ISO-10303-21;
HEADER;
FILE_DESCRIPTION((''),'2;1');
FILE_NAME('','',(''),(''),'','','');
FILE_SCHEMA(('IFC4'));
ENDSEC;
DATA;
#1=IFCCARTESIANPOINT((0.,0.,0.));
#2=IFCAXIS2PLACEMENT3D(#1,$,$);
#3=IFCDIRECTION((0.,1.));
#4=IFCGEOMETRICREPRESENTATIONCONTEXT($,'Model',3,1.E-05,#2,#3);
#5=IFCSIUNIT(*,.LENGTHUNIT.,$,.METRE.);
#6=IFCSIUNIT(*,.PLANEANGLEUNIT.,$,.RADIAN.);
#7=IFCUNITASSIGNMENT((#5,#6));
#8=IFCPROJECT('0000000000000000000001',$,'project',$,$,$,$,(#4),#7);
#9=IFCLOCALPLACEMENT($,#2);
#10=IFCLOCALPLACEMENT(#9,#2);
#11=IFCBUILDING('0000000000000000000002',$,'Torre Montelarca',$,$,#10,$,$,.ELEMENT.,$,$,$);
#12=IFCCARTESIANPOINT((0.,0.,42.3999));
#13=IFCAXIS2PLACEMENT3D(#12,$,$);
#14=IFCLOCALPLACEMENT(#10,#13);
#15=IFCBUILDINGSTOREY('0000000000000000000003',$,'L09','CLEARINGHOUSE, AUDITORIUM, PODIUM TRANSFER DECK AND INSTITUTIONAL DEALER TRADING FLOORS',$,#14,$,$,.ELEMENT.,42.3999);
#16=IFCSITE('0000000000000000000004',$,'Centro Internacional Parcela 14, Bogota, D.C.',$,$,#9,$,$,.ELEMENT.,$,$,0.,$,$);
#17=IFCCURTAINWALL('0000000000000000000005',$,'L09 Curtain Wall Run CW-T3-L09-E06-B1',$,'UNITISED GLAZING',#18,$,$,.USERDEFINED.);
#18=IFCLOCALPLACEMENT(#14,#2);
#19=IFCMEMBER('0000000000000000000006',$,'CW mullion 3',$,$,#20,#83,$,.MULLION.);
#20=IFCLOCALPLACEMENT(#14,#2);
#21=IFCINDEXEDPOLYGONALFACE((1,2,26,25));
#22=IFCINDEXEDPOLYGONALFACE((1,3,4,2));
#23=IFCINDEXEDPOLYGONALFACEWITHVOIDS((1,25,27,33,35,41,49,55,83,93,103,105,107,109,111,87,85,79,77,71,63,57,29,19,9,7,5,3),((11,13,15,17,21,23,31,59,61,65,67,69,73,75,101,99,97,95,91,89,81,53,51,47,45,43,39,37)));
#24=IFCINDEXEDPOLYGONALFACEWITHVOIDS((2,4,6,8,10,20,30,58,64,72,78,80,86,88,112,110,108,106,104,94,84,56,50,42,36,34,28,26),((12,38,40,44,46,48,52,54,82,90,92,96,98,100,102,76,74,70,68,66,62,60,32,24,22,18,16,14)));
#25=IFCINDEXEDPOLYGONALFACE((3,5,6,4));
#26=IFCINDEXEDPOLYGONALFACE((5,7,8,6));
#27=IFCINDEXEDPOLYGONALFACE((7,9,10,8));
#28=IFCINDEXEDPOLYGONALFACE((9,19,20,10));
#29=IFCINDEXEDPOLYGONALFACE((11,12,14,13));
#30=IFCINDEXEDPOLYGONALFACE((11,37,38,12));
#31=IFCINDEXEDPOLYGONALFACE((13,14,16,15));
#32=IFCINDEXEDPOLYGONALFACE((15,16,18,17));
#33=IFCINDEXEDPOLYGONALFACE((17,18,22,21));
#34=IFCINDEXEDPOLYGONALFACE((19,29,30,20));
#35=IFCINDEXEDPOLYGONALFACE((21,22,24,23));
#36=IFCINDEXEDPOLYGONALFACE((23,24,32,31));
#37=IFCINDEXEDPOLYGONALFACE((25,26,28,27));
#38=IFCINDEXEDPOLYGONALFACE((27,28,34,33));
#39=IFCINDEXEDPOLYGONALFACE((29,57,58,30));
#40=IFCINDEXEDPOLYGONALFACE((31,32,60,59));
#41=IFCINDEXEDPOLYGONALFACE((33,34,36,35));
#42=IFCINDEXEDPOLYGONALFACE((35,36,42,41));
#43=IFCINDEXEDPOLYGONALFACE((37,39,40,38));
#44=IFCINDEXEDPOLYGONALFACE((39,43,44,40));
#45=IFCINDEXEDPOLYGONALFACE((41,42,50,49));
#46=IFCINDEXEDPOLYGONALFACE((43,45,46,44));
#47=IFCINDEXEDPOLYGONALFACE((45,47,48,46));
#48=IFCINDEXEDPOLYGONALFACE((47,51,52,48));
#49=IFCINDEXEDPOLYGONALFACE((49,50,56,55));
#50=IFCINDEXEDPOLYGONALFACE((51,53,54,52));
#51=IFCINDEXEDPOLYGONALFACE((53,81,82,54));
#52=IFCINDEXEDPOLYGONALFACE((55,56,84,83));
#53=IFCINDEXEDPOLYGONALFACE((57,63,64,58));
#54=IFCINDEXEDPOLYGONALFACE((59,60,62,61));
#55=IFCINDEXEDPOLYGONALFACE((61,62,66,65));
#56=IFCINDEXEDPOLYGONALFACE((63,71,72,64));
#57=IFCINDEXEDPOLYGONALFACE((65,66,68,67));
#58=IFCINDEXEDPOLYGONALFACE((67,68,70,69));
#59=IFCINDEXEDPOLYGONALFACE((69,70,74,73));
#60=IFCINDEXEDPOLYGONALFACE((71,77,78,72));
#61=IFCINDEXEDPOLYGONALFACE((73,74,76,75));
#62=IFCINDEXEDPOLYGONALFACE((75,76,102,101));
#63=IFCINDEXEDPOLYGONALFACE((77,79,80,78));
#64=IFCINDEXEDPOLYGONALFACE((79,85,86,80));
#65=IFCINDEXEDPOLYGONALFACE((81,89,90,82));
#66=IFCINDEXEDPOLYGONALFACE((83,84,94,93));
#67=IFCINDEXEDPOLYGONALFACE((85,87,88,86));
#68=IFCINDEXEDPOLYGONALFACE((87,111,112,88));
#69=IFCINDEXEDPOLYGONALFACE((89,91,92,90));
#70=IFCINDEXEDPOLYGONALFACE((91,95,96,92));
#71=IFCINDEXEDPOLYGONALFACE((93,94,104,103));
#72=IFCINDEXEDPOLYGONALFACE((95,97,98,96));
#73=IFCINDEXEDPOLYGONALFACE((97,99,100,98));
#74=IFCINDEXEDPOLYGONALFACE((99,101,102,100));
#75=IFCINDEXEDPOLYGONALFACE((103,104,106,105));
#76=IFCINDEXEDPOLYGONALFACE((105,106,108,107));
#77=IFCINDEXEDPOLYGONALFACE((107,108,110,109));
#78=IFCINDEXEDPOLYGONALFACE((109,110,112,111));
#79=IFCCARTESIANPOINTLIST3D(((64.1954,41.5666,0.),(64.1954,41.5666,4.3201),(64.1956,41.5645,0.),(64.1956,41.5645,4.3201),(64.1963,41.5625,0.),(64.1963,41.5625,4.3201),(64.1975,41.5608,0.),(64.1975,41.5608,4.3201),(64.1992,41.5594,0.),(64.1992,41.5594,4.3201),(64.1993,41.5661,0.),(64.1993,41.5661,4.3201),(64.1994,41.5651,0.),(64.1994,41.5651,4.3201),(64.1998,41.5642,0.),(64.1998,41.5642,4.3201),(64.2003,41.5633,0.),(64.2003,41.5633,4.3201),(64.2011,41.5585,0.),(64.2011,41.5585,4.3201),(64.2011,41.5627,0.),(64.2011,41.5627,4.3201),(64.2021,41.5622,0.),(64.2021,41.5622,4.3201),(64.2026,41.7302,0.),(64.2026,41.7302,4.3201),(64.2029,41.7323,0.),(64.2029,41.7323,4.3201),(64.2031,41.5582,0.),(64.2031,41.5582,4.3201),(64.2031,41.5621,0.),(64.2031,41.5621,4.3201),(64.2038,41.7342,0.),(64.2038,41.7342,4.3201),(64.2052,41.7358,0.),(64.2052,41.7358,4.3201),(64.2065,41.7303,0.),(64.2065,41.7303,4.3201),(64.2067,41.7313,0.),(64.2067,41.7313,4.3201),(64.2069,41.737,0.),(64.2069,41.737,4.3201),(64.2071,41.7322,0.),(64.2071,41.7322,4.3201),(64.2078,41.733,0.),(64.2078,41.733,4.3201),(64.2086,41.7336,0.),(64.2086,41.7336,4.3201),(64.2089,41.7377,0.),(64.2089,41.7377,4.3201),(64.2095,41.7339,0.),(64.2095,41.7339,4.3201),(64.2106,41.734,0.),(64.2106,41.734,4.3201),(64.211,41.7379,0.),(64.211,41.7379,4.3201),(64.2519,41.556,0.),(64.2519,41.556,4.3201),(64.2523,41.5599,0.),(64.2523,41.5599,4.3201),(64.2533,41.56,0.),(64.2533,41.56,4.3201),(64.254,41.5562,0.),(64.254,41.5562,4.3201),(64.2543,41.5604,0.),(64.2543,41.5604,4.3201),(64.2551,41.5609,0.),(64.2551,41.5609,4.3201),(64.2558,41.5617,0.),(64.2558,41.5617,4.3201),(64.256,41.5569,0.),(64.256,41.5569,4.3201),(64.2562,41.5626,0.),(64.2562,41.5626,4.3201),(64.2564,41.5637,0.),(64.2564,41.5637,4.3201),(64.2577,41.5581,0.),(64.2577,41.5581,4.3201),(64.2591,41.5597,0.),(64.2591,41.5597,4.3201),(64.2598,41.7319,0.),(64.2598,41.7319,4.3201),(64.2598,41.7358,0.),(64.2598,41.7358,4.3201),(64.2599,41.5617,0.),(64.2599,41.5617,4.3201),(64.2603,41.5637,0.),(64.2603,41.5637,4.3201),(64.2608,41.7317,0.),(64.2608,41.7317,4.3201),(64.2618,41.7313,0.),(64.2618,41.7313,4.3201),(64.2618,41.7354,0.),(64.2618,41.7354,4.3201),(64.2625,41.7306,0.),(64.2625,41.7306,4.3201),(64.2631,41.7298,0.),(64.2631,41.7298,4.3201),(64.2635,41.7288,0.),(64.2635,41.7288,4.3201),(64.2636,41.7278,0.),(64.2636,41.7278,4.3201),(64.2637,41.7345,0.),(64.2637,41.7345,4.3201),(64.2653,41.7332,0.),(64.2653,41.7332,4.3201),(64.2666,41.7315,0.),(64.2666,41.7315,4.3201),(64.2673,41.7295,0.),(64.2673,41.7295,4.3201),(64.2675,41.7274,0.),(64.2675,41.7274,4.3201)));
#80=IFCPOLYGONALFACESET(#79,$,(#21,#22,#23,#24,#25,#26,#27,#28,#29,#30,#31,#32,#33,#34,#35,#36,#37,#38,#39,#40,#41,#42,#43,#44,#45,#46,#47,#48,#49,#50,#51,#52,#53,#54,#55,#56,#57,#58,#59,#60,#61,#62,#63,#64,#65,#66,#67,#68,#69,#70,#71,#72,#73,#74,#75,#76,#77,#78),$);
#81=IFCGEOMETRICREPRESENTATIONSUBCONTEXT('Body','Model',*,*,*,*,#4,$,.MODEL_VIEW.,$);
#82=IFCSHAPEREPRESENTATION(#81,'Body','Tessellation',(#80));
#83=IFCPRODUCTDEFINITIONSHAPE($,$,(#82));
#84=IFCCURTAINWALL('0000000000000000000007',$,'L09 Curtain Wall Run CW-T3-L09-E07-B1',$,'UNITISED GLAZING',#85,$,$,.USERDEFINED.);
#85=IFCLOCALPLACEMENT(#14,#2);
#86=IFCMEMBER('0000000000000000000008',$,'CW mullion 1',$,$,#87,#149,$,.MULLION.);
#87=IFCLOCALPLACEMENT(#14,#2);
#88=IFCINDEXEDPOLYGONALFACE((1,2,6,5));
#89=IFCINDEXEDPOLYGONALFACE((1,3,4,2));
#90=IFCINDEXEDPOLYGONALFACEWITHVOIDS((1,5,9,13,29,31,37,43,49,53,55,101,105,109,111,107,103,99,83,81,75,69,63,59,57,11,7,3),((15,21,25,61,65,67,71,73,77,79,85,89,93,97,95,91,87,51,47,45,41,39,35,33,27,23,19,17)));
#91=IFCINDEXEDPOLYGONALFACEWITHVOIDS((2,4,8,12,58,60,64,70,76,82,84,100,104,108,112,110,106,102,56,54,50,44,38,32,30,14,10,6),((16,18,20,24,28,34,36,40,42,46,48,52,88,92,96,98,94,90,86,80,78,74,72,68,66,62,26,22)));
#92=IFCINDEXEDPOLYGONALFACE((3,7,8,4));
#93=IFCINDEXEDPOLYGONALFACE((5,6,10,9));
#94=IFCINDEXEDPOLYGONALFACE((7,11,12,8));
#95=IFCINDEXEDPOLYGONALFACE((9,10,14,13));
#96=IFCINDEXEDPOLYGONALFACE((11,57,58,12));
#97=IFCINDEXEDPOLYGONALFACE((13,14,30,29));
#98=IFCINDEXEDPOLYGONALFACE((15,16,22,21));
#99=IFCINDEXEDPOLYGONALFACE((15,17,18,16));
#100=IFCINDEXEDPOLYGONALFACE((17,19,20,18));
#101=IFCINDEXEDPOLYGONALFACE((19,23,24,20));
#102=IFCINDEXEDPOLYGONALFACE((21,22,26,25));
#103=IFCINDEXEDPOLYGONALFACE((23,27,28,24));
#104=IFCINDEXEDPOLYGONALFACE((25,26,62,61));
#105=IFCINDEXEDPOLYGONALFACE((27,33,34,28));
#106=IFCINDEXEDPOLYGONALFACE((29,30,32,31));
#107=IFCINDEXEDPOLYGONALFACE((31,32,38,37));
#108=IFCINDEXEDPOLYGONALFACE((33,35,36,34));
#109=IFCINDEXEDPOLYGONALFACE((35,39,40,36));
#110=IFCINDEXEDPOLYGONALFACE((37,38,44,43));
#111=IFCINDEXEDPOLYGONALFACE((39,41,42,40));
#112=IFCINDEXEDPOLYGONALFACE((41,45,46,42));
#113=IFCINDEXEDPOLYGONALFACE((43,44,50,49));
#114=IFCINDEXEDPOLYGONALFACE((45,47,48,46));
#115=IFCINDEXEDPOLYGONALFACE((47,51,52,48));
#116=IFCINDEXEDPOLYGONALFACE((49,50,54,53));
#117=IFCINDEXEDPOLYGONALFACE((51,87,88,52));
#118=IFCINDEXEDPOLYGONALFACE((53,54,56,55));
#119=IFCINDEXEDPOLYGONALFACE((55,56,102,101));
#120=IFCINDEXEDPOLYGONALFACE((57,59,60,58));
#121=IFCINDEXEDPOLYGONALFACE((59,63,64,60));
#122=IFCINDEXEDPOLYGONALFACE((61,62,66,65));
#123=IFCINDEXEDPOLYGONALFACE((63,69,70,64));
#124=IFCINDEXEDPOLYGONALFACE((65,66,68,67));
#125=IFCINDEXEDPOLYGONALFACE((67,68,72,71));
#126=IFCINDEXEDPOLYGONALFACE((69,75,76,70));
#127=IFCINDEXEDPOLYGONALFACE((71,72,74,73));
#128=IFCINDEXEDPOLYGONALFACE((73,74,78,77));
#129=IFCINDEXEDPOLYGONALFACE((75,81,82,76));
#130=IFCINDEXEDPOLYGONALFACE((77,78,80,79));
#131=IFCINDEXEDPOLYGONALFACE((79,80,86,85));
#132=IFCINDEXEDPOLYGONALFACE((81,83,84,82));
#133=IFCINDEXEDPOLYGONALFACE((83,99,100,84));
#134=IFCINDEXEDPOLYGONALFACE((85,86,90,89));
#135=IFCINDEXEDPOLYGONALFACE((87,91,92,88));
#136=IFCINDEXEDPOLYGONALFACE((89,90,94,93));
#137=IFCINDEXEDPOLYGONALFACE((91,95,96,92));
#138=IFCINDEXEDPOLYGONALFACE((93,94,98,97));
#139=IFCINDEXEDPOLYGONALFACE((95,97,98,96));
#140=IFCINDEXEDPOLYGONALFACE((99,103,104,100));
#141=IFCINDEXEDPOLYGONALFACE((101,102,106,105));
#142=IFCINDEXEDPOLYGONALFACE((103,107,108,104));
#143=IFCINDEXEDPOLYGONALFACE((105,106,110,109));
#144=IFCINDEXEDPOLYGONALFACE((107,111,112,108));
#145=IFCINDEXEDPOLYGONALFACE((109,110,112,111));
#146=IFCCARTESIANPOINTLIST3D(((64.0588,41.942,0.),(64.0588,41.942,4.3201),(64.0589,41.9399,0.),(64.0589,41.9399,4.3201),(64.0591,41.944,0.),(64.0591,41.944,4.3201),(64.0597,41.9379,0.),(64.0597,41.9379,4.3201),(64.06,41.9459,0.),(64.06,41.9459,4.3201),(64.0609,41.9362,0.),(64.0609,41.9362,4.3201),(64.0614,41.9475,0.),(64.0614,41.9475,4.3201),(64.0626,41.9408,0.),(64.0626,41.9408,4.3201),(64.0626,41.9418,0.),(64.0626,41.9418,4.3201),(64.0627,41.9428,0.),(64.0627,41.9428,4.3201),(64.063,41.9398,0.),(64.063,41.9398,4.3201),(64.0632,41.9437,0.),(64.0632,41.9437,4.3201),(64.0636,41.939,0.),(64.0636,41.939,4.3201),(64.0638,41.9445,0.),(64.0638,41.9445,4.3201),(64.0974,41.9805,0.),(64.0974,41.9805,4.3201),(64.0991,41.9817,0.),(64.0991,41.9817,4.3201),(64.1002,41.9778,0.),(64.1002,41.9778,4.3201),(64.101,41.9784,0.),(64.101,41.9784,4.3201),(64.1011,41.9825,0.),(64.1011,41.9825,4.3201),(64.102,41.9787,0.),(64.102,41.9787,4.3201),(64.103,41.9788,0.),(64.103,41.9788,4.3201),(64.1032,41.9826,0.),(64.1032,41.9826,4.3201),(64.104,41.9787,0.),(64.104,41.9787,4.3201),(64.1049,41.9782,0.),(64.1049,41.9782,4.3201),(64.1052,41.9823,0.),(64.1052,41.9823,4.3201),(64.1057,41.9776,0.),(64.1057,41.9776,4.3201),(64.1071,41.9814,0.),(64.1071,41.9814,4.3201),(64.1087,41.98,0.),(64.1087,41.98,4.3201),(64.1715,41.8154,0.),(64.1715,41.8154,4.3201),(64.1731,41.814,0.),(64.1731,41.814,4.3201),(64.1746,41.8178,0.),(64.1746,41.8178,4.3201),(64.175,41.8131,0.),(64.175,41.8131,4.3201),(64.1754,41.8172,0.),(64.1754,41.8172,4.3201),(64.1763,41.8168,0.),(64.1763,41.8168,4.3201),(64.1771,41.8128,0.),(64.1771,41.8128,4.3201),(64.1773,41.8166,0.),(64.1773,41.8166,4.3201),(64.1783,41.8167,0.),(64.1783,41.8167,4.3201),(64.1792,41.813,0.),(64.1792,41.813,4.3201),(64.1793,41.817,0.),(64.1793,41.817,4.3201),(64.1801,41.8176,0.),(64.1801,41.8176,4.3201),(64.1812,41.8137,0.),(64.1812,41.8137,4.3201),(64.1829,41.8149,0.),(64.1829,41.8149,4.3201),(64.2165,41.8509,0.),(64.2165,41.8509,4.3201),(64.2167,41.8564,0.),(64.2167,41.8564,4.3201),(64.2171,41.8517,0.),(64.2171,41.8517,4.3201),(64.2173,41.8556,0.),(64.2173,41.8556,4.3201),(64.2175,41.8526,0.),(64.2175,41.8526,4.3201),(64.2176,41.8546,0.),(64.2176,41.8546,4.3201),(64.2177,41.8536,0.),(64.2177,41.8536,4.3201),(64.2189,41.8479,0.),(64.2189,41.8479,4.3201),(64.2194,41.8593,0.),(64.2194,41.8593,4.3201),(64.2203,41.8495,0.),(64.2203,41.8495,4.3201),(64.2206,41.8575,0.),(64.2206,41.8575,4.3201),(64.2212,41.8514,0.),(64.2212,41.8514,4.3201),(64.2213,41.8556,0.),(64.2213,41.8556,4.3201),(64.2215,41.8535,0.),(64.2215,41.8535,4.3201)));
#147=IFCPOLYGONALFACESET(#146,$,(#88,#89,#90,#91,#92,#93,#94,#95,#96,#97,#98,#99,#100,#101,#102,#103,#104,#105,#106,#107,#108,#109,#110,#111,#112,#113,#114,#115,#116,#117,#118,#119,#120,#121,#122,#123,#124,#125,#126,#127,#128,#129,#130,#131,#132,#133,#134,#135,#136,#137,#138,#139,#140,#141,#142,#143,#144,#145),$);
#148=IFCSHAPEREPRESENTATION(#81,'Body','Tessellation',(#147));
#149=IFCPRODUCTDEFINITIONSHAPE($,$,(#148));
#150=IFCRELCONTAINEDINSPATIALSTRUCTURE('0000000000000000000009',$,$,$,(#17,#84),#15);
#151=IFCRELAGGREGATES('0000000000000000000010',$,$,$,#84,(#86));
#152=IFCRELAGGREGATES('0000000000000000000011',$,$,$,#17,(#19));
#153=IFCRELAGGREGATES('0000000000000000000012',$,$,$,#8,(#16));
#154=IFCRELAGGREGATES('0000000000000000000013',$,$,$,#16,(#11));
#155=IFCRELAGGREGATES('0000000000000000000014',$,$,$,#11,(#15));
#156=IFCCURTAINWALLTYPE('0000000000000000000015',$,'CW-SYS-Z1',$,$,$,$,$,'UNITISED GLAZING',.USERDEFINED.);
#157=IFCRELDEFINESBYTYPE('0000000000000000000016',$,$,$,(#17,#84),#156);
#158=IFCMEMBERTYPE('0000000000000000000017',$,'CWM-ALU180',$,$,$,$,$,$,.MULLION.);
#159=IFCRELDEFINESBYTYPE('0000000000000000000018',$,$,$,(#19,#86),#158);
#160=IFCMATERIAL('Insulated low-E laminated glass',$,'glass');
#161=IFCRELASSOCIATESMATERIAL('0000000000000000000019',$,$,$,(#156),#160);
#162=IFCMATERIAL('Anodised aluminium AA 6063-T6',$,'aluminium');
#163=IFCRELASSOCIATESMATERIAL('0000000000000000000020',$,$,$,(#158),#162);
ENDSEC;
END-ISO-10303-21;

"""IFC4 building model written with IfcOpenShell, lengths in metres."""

from ifc_helpers import new_model, si_unit, direction, frame, origin, origin_2d, place, context, subcontext, project, spatial, hollow_rectangle, extrude, source, transform, mapped, material, material_profile, profile_set, type_object, element, aggregate, save


model = new_model("IFC4")

# Units and contexts
model_context = context("Model", 3, precision=1e-05, world=origin(), true_north=direction((0.0, 1.0)))
body_context = subcontext(model_context, "Body", "Model", "MODEL_VIEW")
ifc_project = project(units=[si_unit("LENGTHUNIT", "METRE"), si_unit("PLANEANGLEUNIT", "RADIAN")], contexts=[model_context])

# Site, building, storey
site_placement = place(None, origin())
site = spatial("IfcSite", under=ifc_project, at=site_placement, Name="Centro Internacional Parcela 14, Bogota, D.C.", CompositionType="ELEMENT", RefElevation=0.0)
building_placement = place(site_placement, origin())
building = spatial("IfcBuilding", under=site, at=building_placement, Name="Torre Montelarca", CompositionType="ELEMENT")
storey_placement = place(building_placement, frame((0.0, 0.0, 42.3999)))
storey = spatial("IfcBuildingStorey", under=building, at=storey_placement, Name="L09", Description="CLEARINGHOUSE, AUDITORIUM, PODIUM TRANSFER DECK AND INSTITUTIONAL DEALER TRADING FLOORS", CompositionType="ELEMENT", Elevation=42.3999)

# Curtain walls, members
ifc_material_1 = material(Name="Insulated low-E laminated glass", Category="glass")
curtain_wall_type = type_object("IfcCurtainWallType", Name="CW-SYS-Z1", ElementType="UNITISED GLAZING", PredefinedType="USERDEFINED", material=ifc_material_1)
curtain_wall_1_placement = place(storey_placement, origin())
curtain_wall_1 = element("IfcCurtainWall", 1, at=curtain_wall_1_placement, inside=storey, type_object=curtain_wall_type, Name="L09 Curtain Wall Run CW-T3-L09-E06-B1", ObjectType="UNITISED GLAZING", PredefinedType="USERDEFINED")
ifc_material_2 = material(Name="Anodised aluminium AA 6063-T6", Category="aluminium")
ifc_material_profile_1 = material_profile(ifc_material_2, hollow_rectangle(XDim=0.0649, YDim=0.1799, WallThickness=0.0039, InnerFilletRadius=0.0039, OuterFilletRadius=0.0081, at=origin_2d()), Name="ALU65X180X4", Category="aluminium")
ifc_profile_set_1 = profile_set([ifc_material_profile_1], Name="Anodised aluminium AA 6063-T6")
member_type_1 = type_object("IfcMemberType", Name="CWM-ALU180", PredefinedType="MULLION", material=ifc_profile_set_1)
shared_shape_1 = source(origin(), body_context, "Body", "SweptSolid", [
    extrude(hollow_rectangle(XDim=0.0649, YDim=0.1799, WallThickness=0.0039, InnerFilletRadius=0.0039, OuterFilletRadius=0.0081, at=origin_2d()), origin(), (0.0, 0.0, 1.0), 4.3201),
])
member_1_placement = place(storey_placement, frame((64.2314, 41.647, 0.0), z_axis=(0.0, 0.0, 1.0), x_axis=(-0.999048, 0.043618, 0.0)))
member_1 = element("IfcMember", 2, at=member_1_placement, type_object=member_type_1, Name="CW mullion 3", PredefinedType="MULLION", context=body_context, shape_type="MappedRepresentation", body=[
    mapped(shared_shape_1, transform((0.0, 0.0, 0.0), scale=1.0)),
])
curtain_wall_2_placement = place(storey_placement, origin())
curtain_wall_2 = element("IfcCurtainWall", 3, at=curtain_wall_2_placement, inside=storey, type_object=curtain_wall_type, Name="L09 Curtain Wall Run CW-T3-L09-E07-B1", ObjectType="UNITISED GLAZING", PredefinedType="USERDEFINED")
member_2_placement = place(storey_placement, frame((64.1401, 41.8977, 0.0), z_axis=(0.0, 0.0, 1.0), x_axis=(-0.737292, -0.675574, 0.0)))
member_2 = element("IfcMember", 4, at=member_2_placement, type_object=member_type_1, Name="CW mullion 1", PredefinedType="MULLION", context=body_context, shape_type="MappedRepresentation", body=[
    mapped(shared_shape_1, transform((0.0, 0.0, 0.0), scale=1.0)),
])

aggregate(curtain_wall_2, [member_2])
aggregate(curtain_wall_1, [member_1])

save(model, "model.ifc")
